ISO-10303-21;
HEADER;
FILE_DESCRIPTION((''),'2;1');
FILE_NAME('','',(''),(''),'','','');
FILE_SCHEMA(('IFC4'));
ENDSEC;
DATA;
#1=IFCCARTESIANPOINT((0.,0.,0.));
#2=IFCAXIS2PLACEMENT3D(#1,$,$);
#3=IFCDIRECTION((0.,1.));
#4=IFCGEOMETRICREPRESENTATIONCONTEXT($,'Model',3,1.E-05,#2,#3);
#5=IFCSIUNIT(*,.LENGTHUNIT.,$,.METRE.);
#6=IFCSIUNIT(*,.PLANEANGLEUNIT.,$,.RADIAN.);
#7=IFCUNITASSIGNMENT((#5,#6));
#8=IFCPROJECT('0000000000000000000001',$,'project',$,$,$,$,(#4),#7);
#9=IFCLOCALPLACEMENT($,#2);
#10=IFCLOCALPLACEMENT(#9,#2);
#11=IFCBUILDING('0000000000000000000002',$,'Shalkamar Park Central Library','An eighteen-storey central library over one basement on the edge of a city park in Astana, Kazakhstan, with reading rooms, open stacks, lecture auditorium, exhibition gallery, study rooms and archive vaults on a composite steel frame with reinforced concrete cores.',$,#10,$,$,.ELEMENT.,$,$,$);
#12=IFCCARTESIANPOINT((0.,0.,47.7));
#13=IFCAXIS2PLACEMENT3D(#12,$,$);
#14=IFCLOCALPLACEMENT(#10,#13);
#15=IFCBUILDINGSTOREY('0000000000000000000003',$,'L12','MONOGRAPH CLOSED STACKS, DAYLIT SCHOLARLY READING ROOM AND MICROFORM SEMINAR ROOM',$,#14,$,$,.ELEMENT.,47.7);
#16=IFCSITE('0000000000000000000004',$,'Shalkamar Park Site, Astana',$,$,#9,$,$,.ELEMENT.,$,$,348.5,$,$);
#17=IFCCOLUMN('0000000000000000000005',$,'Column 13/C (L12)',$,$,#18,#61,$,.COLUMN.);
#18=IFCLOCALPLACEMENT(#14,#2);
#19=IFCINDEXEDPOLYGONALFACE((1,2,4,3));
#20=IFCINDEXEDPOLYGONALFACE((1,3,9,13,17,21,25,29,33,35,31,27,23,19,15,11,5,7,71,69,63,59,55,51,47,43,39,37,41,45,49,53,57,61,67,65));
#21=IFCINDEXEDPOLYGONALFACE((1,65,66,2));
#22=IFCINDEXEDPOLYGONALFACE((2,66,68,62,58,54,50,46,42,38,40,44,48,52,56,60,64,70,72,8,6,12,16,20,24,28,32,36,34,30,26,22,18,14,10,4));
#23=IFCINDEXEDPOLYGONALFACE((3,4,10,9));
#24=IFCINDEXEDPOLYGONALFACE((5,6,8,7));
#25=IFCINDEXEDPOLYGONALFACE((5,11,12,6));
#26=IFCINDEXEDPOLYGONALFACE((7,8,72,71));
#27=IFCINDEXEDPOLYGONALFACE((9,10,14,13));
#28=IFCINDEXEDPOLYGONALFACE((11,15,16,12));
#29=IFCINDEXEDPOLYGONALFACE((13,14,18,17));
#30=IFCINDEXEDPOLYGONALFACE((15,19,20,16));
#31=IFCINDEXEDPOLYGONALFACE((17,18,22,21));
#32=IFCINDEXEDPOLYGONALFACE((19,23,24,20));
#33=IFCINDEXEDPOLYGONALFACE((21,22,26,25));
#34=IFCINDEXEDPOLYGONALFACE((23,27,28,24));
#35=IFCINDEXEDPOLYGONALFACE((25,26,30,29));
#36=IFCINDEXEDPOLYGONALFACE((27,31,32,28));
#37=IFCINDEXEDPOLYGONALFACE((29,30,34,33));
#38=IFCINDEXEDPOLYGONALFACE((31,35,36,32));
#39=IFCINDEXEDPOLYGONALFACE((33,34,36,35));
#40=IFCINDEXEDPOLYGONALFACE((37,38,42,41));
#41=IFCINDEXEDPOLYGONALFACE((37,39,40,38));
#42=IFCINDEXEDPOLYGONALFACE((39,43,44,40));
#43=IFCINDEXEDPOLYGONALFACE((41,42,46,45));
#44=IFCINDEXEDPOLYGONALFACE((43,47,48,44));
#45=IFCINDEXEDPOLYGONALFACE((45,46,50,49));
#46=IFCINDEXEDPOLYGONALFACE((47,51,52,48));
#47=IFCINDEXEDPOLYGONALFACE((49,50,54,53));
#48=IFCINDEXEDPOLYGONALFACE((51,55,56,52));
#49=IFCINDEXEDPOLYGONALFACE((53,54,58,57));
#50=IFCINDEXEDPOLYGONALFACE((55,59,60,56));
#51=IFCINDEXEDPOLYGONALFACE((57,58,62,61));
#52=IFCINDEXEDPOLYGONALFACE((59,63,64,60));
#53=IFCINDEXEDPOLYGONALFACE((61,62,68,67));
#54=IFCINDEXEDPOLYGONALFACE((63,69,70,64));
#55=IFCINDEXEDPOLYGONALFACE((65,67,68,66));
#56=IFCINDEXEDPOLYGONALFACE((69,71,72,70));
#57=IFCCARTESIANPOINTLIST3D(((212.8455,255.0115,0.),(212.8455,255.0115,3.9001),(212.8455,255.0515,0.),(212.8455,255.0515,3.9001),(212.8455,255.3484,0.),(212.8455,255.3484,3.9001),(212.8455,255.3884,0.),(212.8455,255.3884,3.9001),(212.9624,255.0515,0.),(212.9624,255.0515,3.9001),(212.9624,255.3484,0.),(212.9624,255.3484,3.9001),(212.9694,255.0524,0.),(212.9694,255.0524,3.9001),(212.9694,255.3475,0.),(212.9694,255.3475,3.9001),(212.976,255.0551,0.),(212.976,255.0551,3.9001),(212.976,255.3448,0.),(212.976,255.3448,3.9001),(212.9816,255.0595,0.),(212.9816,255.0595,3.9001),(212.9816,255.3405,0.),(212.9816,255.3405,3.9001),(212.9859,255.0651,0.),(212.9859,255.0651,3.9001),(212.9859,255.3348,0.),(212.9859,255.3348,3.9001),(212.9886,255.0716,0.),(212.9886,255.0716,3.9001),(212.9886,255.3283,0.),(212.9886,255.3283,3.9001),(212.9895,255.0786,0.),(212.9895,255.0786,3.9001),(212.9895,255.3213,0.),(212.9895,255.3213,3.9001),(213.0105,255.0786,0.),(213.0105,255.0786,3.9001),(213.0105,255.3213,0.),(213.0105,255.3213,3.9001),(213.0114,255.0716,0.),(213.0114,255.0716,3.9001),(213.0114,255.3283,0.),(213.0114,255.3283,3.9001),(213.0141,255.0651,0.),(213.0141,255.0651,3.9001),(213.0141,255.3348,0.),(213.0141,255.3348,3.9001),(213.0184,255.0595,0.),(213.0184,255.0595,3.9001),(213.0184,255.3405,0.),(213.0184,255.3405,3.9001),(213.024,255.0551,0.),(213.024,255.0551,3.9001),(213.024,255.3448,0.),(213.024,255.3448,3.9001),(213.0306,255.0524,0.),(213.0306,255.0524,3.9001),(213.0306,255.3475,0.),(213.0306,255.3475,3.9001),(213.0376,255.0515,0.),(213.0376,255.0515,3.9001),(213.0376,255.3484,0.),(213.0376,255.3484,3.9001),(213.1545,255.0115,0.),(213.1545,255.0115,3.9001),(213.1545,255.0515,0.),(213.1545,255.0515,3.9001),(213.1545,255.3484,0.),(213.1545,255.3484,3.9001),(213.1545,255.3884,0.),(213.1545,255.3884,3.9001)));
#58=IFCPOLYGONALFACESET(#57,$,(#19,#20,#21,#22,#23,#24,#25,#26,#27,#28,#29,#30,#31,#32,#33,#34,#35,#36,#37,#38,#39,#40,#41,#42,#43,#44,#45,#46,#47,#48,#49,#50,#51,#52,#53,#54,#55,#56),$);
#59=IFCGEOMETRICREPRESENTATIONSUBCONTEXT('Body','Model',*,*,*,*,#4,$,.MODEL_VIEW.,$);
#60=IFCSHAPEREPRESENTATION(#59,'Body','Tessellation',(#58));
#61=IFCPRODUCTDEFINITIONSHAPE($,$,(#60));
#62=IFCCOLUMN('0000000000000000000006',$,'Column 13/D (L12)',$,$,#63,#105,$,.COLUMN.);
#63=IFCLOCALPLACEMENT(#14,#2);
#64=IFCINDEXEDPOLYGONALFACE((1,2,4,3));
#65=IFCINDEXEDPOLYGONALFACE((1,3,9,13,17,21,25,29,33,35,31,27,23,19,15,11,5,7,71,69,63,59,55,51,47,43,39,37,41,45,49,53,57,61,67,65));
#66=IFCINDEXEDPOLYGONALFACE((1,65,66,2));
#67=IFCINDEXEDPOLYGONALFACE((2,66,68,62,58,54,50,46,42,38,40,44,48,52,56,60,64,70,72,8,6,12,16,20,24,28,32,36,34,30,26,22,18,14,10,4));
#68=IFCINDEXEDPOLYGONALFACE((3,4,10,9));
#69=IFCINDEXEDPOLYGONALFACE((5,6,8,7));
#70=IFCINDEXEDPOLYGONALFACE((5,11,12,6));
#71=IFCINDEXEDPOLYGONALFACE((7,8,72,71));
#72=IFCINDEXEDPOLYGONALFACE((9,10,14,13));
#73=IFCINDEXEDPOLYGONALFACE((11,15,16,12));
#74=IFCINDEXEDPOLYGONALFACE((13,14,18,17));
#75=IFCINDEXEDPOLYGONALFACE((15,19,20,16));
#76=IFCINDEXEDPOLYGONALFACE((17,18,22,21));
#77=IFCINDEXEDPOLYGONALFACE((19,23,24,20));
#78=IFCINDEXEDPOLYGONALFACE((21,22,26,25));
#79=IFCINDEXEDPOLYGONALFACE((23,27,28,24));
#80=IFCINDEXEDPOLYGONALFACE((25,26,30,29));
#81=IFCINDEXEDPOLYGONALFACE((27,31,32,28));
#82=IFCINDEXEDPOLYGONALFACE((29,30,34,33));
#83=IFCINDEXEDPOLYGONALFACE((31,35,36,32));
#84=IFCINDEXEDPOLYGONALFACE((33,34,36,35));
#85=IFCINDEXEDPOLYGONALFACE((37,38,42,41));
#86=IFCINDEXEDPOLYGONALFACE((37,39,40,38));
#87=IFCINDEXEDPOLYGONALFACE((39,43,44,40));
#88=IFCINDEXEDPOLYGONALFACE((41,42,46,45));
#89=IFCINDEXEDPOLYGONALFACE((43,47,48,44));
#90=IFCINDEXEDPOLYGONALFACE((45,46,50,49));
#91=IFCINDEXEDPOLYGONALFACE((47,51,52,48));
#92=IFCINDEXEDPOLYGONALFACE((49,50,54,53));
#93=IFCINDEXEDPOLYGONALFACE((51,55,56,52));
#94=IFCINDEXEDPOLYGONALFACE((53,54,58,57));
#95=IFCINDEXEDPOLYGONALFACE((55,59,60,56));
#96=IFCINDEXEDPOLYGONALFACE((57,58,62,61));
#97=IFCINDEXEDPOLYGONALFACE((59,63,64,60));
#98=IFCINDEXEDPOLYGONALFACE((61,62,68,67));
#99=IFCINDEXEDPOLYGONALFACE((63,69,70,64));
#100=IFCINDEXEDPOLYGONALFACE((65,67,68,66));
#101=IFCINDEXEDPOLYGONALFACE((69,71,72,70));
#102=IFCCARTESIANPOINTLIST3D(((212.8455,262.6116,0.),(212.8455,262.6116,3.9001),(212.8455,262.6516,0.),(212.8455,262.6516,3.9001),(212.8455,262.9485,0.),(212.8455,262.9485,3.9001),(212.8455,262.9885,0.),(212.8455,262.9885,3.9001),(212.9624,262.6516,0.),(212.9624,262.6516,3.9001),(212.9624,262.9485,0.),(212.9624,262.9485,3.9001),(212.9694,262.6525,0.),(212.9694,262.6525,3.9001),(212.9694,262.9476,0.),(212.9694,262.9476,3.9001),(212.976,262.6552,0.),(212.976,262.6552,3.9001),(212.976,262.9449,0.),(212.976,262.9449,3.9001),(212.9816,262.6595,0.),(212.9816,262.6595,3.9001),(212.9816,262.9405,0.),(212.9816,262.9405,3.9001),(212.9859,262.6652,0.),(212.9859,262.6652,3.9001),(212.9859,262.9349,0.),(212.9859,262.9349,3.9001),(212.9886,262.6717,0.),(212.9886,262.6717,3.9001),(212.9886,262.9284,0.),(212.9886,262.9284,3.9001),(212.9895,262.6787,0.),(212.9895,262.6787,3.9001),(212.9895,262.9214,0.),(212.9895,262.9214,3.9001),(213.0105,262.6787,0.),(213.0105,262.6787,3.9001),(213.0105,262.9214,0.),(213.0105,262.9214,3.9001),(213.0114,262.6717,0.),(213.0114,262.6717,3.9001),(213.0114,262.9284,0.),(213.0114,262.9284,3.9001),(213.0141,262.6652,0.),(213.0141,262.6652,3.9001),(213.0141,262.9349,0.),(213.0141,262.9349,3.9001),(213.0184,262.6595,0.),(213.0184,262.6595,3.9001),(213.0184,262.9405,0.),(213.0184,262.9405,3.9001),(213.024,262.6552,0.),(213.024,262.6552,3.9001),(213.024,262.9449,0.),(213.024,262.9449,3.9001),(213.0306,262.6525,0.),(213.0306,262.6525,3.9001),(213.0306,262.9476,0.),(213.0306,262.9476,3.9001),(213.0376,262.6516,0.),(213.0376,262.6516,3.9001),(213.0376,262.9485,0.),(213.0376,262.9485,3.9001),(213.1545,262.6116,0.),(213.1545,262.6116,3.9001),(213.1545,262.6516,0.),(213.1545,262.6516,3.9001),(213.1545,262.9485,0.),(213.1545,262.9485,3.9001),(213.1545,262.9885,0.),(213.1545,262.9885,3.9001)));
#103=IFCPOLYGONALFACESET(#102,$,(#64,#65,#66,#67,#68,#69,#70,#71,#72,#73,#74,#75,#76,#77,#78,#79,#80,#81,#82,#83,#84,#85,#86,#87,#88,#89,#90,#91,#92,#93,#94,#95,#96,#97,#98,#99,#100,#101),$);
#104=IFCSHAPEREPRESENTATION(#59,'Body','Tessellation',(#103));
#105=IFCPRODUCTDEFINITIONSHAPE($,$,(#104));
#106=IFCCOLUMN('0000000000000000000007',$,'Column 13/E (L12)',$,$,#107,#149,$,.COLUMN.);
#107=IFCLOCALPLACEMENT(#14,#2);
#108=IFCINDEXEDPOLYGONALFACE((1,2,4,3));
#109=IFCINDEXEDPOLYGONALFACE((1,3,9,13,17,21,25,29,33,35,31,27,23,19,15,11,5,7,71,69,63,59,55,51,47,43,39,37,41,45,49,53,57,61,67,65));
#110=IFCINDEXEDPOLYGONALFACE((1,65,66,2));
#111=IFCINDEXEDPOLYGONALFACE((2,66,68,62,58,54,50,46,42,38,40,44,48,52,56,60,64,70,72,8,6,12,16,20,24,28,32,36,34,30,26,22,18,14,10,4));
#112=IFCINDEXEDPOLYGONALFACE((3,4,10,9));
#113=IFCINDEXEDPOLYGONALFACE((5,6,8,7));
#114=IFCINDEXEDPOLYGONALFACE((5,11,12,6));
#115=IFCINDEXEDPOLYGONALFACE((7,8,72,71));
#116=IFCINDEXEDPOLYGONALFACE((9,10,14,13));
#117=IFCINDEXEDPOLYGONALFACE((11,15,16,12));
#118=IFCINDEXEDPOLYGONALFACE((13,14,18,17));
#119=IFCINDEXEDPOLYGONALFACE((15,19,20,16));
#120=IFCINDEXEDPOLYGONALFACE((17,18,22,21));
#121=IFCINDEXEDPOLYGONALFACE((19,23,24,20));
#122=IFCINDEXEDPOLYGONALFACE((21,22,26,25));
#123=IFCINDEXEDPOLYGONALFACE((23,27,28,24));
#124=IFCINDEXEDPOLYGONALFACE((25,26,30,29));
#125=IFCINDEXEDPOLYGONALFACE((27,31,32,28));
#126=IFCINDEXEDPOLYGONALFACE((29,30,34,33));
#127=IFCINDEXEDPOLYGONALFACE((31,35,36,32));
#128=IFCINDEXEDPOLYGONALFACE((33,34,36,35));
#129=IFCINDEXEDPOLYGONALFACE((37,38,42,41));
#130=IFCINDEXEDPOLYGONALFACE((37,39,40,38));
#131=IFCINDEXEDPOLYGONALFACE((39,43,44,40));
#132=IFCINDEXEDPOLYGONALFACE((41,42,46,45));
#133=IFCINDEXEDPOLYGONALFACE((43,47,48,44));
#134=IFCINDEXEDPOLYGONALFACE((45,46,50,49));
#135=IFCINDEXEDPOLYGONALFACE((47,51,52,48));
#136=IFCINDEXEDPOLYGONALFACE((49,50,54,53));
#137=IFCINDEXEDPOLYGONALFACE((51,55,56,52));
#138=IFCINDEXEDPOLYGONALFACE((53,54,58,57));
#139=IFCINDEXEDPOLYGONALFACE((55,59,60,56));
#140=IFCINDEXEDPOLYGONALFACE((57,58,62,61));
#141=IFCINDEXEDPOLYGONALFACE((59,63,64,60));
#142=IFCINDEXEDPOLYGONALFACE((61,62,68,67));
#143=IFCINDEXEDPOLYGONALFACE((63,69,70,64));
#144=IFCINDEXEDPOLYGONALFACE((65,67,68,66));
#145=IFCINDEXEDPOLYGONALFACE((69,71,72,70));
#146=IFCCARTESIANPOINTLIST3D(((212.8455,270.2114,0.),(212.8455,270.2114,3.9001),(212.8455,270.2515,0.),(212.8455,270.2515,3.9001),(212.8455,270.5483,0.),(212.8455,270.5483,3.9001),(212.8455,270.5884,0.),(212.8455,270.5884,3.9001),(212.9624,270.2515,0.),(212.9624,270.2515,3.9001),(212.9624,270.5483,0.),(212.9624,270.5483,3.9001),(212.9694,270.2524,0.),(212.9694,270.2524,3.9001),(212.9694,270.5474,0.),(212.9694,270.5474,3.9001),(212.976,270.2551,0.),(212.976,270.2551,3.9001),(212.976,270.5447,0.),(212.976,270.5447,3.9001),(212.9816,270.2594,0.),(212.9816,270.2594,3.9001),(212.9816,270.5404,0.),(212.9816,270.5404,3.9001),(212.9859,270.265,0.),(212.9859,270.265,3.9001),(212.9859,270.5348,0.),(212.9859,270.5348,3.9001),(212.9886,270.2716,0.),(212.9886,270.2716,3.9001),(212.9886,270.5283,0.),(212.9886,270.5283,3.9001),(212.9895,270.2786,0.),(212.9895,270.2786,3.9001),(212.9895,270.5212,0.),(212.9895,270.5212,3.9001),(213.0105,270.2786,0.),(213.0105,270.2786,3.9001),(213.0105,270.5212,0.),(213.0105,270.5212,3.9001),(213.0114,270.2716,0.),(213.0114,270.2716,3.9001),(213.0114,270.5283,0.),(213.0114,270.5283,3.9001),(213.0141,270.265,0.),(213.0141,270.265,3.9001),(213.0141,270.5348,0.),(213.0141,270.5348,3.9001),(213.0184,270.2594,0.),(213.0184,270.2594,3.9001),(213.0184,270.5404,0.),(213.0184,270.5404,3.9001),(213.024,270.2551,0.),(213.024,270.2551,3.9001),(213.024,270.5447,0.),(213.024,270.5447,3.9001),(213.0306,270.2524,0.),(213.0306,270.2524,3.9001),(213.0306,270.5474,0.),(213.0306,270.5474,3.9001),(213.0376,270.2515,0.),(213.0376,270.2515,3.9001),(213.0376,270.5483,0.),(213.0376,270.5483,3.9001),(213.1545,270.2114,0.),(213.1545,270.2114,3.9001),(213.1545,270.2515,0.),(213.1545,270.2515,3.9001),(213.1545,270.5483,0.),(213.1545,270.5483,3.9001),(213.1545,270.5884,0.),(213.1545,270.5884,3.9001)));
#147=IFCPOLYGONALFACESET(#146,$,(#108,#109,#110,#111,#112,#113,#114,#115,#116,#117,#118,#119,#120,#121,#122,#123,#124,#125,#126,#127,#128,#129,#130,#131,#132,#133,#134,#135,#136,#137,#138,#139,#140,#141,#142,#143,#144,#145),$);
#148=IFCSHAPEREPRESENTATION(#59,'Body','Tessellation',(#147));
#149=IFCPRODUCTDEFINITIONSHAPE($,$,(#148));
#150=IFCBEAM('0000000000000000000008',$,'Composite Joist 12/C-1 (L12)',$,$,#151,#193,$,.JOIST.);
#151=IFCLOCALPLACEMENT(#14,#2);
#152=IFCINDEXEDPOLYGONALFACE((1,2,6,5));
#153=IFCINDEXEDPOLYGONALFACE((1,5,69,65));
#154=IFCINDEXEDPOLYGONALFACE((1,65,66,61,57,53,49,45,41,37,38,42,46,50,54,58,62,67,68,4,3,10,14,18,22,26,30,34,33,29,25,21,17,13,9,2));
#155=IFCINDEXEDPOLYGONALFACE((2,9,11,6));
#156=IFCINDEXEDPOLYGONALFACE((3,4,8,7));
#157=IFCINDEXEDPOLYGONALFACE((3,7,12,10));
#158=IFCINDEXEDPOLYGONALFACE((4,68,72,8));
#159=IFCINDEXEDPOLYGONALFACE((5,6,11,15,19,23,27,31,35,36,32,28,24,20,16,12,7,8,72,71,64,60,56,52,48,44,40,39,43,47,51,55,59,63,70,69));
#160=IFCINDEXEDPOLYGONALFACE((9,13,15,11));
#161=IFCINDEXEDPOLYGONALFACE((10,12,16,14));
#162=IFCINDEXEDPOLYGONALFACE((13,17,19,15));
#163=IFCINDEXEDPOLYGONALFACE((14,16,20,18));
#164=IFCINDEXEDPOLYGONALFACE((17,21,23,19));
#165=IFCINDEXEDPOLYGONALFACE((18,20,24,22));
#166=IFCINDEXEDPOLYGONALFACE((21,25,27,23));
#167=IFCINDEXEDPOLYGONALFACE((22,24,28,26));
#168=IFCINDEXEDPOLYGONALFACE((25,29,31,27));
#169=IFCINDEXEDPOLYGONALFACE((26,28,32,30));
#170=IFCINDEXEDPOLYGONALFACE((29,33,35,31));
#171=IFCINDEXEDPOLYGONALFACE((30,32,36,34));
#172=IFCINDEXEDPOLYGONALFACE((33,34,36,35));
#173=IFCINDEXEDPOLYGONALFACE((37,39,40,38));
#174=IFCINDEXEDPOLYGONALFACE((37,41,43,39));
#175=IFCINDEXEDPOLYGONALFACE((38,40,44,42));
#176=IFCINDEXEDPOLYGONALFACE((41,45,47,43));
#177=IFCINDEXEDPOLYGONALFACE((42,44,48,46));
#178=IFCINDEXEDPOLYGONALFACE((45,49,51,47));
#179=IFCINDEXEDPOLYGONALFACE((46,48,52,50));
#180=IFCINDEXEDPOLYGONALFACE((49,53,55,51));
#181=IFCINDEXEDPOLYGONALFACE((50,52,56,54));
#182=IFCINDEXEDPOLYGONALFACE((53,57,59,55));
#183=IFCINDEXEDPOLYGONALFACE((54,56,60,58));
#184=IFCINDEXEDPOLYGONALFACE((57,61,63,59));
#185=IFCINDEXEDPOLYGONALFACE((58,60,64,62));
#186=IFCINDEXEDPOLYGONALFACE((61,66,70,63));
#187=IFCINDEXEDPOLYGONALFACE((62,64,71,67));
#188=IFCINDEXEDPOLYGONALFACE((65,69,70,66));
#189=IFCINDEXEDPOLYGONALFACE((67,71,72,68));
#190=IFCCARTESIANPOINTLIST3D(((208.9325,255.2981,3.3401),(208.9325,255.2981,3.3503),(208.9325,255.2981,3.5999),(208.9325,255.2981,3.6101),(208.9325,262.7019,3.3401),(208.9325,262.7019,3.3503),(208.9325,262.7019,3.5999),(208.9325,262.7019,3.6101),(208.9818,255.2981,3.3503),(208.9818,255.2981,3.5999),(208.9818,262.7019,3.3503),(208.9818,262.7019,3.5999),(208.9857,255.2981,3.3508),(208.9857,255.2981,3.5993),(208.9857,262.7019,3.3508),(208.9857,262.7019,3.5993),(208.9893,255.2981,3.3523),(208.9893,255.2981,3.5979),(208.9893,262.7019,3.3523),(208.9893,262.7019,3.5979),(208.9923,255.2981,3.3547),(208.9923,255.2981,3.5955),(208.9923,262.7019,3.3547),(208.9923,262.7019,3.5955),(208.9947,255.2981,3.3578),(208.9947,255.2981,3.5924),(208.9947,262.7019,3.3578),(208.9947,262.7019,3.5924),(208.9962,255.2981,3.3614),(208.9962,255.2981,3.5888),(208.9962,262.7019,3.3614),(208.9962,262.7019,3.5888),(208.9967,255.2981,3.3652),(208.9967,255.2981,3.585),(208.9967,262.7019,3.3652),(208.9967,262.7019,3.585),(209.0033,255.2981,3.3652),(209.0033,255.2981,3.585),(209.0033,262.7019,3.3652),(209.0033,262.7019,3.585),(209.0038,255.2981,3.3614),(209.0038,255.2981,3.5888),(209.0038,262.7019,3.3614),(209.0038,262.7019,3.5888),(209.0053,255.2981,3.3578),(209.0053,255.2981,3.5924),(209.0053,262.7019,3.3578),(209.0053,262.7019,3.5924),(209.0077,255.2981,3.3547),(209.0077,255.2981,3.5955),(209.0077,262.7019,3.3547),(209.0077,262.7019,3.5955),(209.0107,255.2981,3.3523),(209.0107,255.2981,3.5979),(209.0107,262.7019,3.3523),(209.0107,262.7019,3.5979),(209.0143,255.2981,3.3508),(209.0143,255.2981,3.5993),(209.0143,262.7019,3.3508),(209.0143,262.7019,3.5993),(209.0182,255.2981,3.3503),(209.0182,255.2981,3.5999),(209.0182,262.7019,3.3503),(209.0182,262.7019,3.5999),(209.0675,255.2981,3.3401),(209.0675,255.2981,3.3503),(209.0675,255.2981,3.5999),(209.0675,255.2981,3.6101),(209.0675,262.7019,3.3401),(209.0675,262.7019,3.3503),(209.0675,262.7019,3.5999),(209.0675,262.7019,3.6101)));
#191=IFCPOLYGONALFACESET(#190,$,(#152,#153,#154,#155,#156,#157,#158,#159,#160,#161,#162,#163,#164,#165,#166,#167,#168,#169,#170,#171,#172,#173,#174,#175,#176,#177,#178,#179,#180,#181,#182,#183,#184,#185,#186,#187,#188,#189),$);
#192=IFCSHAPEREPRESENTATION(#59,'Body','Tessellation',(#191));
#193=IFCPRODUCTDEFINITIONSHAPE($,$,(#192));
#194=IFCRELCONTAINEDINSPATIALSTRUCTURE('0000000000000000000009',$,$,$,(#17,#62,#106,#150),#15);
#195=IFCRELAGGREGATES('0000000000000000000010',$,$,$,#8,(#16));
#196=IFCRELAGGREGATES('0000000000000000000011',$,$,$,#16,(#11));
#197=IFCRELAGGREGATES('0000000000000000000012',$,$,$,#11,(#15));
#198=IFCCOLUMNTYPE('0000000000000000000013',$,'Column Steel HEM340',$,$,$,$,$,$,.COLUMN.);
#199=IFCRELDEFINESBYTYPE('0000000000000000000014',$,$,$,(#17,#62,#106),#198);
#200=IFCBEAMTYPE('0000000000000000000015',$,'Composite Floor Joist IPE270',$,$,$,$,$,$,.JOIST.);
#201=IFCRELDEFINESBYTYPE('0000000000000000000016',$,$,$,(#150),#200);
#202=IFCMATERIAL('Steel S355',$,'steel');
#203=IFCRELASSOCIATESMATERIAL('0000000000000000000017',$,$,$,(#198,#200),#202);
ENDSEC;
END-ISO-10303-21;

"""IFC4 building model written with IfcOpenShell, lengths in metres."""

from ifc_helpers import new_model, si_unit, direction, frame, origin, origin_2d, place, context, subcontext, project, spatial, i_section, extrude, material, material_profile, profile_set, type_object, element, save


model = new_model("IFC4")

# Units and contexts
model_context = context("Model", 3, precision=1e-05, world=origin(), true_north=direction((0.0, 1.0)))
body_context = subcontext(model_context, "Body", "Model", "MODEL_VIEW")
ifc_project = project(units=[si_unit("LENGTHUNIT", "METRE"), si_unit("PLANEANGLEUNIT", "RADIAN")], contexts=[model_context])

# Site, building, storey
site_placement = place(None, origin())
site = spatial("IfcSite", under=ifc_project, at=site_placement, Name="Shalkamar Park Site, Astana", CompositionType="ELEMENT", RefElevation=348.5)
building_placement = place(site_placement, origin())
building = spatial("IfcBuilding", under=site, at=building_placement, Name="Shalkamar Park Central Library", Description="An eighteen-storey central library over one basement on the edge of a city park in Astana, Kazakhstan, with reading rooms, open stacks, lecture auditorium, exhibition gallery, study rooms and archive vaults on a composite steel frame with reinforced concrete cores.", CompositionType="ELEMENT")
storey_placement = place(building_placement, frame((0.0, 0.0, 47.7)))
storey = spatial("IfcBuildingStorey", under=building, at=storey_placement, Name="L12", Description="MONOGRAPH CLOSED STACKS, DAYLIT SCHOLARLY READING ROOM AND MICROFORM SEMINAR ROOM", CompositionType="ELEMENT", Elevation=47.7)

# Columns
ifc_material_1 = material(Name="Steel S355", Category="steel")
ifc_material_profile_1 = material_profile(ifc_material_1, i_section(OverallWidth=0.3091, OverallDepth=0.377, WebThickness=0.021, FlangeThickness=0.04, FilletRadius=0.0271, at=origin_2d()), Name="HEM 340")
ifc_profile_set_1 = profile_set([ifc_material_profile_1], Name="Steel S355")
column_type_1 = type_object("IfcColumnType", Name="Column Steel HEM340", PredefinedType="COLUMN", material=ifc_profile_set_1)
for number, where, z_axis, x_axis, name in (
    (1, (213.0, 255.2, 0.0), (0.0, 0.0, 1.0), (1.0, 0.0, 0.0), "Column 13/C (L12)"),
    (2, (213.0, 262.8, 0.0), (0.0, 0.0, 1.0), (1.0, 0.0, 0.0), "Column 13/D (L12)"),
    (3, (213.0, 270.3999, 0.0), (0.0, 0.0, 1.0), (1.0, 0.0, 0.0), "Column 13/E (L12)"),
):
    element("IfcColumn", number, at=place(storey_placement, frame(where, z_axis=z_axis, x_axis=x_axis)), inside=storey, type_object=column_type_1, Name=name, PredefinedType="COLUMN", context=body_context, shape_type="SweptSolid", body=[
        extrude(i_section(OverallWidth=0.3091, OverallDepth=0.377, WebThickness=0.021, FlangeThickness=0.04, FilletRadius=0.0271, at=origin_2d()), origin(), (0.0, 0.0, 1.0), 3.9001),
    ])

# Beam
ifc_material_profile_2 = material_profile(ifc_material_1, i_section(OverallWidth=0.135, OverallDepth=0.27, WebThickness=0.0066, FlangeThickness=0.0103, FilletRadius=0.0149, at=origin_2d()), Name="IPE 270")
ifc_profile_set_2 = profile_set([ifc_material_profile_2], Name="Steel S355")
beam_type_1 = type_object("IfcBeamType", Name="Composite Floor Joist IPE270", PredefinedType="JOIST", material=ifc_profile_set_2)
beam_1_placement = place(storey_placement, frame((209.0, 255.2981, 3.4751), z_axis=(0.0, 1.0, 0.0), x_axis=(-1.0, 0.0, 0.0)))
element("IfcBeam", 4, at=beam_1_placement, inside=storey, type_object=beam_type_1, Name="Composite Joist 12/C-1 (L12)", PredefinedType="JOIST", context=body_context, shape_type="SweptSolid", body=[
    extrude(i_section(OverallWidth=0.135, OverallDepth=0.27, WebThickness=0.0066, FlangeThickness=0.0103, FilletRadius=0.0149, at=origin_2d()), origin(), (0.0, 0.0, 1.0), 7.4038),
])

save(model, "model.ifc")
